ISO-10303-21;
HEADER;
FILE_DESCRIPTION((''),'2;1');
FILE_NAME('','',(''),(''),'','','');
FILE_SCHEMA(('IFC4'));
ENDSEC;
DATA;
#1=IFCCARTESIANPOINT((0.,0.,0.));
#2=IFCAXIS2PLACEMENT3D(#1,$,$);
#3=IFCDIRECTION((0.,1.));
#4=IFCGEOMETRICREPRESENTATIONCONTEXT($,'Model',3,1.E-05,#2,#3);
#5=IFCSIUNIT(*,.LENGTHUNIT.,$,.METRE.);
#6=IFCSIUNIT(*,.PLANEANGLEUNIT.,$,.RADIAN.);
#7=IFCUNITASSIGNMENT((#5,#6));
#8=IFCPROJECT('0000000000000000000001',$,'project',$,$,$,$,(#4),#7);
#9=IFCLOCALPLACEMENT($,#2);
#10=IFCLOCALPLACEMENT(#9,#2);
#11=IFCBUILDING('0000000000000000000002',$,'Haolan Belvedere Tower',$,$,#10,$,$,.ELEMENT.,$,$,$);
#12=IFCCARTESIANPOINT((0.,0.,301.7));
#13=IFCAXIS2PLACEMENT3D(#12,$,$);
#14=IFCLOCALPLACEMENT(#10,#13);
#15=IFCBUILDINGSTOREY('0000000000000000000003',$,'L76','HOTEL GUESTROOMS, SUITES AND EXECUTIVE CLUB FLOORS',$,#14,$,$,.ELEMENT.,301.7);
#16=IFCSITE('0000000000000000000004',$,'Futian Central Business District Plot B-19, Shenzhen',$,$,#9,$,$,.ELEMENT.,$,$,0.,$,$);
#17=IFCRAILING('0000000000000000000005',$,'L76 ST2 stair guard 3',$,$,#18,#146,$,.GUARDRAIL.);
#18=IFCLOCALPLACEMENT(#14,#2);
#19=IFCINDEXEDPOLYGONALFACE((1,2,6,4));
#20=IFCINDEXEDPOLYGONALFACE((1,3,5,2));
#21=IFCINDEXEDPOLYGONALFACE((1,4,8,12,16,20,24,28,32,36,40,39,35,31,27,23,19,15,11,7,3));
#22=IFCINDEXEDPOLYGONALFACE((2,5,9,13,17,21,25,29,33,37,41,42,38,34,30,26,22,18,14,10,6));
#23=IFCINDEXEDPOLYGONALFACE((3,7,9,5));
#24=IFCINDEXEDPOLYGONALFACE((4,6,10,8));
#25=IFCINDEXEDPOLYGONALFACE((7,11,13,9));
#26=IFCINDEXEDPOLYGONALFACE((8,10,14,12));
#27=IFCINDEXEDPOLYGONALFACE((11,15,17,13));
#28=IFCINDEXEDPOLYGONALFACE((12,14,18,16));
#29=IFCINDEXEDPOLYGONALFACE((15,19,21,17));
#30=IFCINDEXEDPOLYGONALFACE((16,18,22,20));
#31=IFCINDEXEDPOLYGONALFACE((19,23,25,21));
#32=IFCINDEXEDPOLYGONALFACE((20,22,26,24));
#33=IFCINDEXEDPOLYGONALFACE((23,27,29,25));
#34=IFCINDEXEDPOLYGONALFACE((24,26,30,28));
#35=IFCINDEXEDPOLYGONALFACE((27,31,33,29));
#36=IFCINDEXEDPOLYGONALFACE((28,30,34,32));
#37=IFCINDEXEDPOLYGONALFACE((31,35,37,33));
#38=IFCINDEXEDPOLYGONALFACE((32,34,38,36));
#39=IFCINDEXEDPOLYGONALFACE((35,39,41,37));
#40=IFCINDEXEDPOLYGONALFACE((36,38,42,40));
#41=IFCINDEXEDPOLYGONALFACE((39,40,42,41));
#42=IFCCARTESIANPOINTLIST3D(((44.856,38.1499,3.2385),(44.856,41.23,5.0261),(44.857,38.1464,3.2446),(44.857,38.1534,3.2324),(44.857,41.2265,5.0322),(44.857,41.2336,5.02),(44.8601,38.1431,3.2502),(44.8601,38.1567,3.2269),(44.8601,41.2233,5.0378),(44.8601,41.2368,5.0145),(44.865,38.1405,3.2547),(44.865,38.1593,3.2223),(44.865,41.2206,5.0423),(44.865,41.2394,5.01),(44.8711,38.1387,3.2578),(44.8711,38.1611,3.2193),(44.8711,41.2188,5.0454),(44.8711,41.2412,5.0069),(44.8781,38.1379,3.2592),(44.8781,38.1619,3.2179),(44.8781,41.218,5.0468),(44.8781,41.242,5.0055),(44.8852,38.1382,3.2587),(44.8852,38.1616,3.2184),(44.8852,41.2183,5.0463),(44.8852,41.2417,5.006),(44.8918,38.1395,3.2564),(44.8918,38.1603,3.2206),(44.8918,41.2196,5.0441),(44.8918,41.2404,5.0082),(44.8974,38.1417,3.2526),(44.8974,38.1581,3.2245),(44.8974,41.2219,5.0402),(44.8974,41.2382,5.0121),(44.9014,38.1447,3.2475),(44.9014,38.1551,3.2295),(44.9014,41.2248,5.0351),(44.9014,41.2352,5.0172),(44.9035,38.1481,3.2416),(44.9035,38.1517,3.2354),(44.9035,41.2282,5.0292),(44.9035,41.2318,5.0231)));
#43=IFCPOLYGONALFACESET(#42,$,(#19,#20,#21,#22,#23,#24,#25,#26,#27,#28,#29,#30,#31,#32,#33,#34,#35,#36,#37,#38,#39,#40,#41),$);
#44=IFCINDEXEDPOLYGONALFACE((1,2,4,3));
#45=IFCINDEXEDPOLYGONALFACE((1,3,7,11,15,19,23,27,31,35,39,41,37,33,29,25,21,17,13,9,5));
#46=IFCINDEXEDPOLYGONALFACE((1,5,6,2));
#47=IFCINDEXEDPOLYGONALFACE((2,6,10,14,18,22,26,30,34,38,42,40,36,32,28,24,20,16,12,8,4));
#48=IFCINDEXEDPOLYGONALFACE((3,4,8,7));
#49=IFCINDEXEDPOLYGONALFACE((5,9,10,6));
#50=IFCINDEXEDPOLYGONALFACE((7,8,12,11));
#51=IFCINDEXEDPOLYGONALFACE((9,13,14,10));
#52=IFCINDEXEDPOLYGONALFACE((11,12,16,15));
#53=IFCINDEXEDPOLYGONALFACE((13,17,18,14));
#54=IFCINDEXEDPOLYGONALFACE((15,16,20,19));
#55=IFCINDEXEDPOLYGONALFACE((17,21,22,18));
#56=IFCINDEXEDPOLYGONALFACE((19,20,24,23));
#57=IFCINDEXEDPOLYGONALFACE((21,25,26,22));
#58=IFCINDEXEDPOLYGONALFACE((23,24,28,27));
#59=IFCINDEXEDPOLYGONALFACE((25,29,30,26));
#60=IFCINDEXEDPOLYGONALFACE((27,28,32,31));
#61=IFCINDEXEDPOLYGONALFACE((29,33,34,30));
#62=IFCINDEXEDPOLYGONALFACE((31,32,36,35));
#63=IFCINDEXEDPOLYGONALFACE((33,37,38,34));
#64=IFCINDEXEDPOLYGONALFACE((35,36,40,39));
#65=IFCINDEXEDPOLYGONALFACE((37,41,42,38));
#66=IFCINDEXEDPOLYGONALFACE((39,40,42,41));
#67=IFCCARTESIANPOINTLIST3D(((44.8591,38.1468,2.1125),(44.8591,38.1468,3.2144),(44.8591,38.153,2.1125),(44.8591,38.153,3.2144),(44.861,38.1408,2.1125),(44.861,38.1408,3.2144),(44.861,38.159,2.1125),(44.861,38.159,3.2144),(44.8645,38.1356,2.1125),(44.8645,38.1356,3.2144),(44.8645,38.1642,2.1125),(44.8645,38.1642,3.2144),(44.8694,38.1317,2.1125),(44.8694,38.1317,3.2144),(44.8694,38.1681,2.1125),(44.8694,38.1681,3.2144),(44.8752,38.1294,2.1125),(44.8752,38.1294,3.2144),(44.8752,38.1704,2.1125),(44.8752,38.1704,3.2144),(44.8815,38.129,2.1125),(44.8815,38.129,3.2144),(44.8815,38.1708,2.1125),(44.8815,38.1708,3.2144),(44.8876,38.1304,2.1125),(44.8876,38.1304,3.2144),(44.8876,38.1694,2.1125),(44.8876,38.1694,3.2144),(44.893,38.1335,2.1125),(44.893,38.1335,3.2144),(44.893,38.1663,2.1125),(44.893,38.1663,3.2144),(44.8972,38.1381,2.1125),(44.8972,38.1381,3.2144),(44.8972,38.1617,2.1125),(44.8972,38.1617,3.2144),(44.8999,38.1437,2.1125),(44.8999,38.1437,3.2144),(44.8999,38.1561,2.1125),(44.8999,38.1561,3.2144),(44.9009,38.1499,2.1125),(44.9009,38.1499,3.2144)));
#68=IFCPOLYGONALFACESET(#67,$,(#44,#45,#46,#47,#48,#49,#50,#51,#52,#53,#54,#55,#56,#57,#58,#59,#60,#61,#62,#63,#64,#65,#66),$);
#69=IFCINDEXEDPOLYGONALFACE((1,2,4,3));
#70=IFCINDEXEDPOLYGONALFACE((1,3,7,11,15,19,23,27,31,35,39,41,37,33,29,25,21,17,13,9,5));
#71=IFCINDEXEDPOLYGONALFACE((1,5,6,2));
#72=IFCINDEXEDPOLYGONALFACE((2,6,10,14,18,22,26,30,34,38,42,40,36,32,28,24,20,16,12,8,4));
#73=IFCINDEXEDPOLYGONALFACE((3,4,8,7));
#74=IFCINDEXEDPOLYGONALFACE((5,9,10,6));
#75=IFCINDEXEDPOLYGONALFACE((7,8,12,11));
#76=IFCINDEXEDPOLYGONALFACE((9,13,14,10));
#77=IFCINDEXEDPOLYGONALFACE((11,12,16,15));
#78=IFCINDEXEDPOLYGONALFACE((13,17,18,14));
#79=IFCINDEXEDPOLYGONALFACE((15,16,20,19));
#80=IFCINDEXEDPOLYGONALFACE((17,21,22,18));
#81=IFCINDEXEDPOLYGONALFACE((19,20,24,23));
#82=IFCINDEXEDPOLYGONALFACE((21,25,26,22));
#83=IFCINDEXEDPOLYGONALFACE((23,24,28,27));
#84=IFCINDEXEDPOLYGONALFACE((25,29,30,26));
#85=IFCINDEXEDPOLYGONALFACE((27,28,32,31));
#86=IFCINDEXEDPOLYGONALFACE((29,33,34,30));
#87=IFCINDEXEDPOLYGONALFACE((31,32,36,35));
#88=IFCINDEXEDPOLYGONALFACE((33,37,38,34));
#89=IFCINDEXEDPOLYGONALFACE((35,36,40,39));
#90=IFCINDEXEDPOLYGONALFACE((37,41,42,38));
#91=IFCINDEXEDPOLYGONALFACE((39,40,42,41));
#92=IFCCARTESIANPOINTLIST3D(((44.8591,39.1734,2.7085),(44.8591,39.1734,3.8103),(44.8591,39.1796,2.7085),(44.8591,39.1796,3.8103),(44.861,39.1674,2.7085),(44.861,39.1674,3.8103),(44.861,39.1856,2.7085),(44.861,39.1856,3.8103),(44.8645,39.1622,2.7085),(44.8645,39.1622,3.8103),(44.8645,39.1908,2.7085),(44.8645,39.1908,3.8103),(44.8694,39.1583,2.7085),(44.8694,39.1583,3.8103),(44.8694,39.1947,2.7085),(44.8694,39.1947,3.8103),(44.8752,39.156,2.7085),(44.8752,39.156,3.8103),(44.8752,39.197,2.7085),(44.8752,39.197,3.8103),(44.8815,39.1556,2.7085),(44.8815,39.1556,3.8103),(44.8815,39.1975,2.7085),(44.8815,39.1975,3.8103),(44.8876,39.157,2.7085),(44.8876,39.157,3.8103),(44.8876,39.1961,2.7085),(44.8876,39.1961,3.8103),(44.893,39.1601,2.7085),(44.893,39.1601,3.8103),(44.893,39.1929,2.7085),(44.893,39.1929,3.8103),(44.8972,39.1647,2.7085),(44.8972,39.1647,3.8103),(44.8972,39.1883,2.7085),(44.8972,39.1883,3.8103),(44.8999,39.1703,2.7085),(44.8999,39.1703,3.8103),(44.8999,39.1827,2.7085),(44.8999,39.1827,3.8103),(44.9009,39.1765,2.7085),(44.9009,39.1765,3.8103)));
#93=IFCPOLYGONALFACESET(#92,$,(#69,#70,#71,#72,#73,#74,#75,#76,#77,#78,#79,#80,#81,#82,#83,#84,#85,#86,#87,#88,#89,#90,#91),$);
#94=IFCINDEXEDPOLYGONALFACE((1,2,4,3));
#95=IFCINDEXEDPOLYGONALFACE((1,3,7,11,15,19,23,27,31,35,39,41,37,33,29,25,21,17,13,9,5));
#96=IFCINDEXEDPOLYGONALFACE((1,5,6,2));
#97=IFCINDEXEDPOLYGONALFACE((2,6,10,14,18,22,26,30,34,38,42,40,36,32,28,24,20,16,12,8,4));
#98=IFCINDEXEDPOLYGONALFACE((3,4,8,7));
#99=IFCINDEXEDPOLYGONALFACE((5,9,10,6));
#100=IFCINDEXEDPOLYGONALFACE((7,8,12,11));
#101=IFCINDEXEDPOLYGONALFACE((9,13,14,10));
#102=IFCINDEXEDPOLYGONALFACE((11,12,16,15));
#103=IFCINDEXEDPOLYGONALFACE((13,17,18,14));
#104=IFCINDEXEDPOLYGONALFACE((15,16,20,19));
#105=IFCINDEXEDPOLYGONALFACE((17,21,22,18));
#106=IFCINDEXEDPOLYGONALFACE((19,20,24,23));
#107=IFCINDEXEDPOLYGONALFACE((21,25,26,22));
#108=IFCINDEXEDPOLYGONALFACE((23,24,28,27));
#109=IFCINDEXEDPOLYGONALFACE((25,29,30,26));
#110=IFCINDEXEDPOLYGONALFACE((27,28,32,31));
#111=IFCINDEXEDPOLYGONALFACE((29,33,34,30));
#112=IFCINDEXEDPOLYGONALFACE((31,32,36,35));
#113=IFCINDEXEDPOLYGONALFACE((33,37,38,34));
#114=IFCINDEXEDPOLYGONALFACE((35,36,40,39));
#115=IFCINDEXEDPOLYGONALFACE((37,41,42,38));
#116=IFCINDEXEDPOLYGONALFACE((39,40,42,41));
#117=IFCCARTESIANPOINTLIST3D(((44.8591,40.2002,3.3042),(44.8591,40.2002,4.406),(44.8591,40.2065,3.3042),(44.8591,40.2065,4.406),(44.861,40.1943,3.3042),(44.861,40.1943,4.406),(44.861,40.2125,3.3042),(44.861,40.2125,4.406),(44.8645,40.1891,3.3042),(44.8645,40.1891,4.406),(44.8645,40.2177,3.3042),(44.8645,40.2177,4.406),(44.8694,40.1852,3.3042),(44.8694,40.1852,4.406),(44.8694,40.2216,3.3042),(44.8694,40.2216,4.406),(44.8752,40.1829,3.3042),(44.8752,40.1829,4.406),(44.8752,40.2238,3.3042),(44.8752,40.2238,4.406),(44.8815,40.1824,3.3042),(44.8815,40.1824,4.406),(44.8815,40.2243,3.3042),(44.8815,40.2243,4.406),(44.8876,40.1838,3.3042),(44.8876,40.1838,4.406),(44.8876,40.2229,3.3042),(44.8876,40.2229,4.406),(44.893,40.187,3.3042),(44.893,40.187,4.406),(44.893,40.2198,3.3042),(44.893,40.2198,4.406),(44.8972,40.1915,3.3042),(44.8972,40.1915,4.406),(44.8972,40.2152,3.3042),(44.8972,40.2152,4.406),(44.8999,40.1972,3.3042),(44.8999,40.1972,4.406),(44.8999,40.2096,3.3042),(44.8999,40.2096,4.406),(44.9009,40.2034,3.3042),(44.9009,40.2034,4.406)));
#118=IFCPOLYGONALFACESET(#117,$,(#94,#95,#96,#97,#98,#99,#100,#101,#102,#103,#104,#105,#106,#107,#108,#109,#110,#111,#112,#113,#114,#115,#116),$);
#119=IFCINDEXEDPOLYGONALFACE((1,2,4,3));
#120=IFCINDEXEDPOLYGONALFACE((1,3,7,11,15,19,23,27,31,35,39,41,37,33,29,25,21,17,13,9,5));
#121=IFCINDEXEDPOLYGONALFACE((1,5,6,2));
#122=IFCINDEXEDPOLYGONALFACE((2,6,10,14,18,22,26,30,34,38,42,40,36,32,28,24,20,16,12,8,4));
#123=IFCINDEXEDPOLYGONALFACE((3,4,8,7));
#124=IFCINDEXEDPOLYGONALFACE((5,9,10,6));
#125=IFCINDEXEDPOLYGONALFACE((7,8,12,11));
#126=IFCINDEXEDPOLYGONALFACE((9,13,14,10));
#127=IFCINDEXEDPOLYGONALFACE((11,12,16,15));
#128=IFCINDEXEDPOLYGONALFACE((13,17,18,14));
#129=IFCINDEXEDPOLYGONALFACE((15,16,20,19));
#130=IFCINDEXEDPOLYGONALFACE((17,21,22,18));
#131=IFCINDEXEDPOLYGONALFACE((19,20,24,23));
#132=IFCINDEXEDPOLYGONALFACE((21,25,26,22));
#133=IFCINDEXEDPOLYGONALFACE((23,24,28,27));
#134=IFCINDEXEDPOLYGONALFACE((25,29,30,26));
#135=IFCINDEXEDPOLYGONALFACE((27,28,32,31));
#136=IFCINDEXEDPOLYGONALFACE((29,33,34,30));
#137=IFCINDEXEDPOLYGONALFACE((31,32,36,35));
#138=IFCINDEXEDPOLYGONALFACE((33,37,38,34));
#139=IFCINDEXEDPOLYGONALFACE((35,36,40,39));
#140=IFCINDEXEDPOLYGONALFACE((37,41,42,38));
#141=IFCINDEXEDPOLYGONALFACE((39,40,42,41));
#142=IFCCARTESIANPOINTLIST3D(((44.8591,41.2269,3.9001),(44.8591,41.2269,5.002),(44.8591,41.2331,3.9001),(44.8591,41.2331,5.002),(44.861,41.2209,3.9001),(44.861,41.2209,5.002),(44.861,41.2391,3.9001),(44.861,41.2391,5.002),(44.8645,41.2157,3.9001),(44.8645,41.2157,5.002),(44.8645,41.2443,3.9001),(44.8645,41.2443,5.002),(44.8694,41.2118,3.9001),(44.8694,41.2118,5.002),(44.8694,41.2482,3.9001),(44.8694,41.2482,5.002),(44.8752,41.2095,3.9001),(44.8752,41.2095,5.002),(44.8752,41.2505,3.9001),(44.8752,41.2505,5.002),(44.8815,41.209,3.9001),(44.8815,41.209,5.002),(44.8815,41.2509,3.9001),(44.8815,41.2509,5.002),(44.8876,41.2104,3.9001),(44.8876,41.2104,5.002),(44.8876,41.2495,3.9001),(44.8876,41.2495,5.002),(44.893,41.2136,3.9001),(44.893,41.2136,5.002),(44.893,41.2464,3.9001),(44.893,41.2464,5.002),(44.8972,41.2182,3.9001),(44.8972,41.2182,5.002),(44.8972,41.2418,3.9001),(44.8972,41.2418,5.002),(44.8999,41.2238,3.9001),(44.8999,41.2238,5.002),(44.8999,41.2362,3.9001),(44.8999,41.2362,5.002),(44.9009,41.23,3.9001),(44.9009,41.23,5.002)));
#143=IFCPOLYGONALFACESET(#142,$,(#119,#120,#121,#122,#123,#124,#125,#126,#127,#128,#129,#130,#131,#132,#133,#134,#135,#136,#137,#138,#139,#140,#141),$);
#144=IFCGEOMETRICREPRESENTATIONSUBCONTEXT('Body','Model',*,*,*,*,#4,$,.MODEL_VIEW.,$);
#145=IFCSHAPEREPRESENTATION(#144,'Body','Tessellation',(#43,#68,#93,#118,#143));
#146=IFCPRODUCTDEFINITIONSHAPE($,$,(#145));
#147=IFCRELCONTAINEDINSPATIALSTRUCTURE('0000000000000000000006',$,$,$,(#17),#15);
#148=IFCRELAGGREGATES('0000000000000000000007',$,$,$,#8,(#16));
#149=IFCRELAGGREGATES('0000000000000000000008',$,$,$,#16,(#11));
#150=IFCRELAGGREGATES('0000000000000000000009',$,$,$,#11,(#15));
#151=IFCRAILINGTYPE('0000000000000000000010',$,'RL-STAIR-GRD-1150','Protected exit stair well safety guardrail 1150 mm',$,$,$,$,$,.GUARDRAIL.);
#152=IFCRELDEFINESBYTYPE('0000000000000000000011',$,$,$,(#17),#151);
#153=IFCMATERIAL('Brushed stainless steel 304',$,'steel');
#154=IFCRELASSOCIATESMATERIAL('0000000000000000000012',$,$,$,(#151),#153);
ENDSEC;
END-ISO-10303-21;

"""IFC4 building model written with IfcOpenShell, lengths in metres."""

from ifc_helpers import new_model, si_unit, direction, frame, origin, origin_2d, place, context, subcontext, project, spatial, circle, extrude, material, type_object, element, save


model = new_model("IFC4")

# Units and contexts
model_context = context("Model", 3, precision=1e-05, world=origin(), true_north=direction((0.0, 1.0)))
body_context = subcontext(model_context, "Body", "Model", "MODEL_VIEW")
ifc_project = project(units=[si_unit("LENGTHUNIT", "METRE"), si_unit("PLANEANGLEUNIT", "RADIAN")], contexts=[model_context])

# Site, building, storey
site_placement = place(None, origin())
site = spatial("IfcSite", under=ifc_project, at=site_placement, Name="Futian Central Business District Plot B-19, Shenzhen", CompositionType="ELEMENT", RefElevation=0.0)
building_placement = place(site_placement, origin())
building = spatial("IfcBuilding", under=site, at=building_placement, Name="Haolan Belvedere Tower", CompositionType="ELEMENT")
storey_placement = place(building_placement, frame((0.0, 0.0, 301.7)))
storey = spatial("IfcBuildingStorey", under=building, at=storey_placement, Name="L76", Description="HOTEL GUESTROOMS, SUITES AND EXECUTIVE CLUB FLOORS", CompositionType="ELEMENT", Elevation=301.7)

# Railing
ifc_material_1 = material(Name="Brushed stainless steel 304", Category="steel")
railing_type_1 = type_object("IfcRailingType", Name="RL-STAIR-GRD-1150", Description="Protected exit stair well safety guardrail 1150 mm", PredefinedType="GUARDRAIL", material=ifc_material_1)
railing_1_placement = place(storey_placement, frame((44.8799, 38.1499, 2.1125)))
element("IfcRailing", 1, at=railing_1_placement, inside=storey, type_object=railing_type_1, Name="L76 ST2 stair guard 3", PredefinedType="GUARDRAIL", context=body_context, shape_type="SweptSolid", body=[
    extrude(circle(Radius=0.0239, at=origin_2d()), frame((0.0, 0.0, 1.126), z_axis=(0.0, 0.864891, 0.50196), x_axis=(-1.0, 0.0, 0.0)), (0.0, 0.0, 1.0), 3.5613),
    extrude(circle(Radius=0.021, at=origin_2d()), origin(), (0.0, 0.0, 1.0), 1.1018),
    extrude(circle(Radius=0.021, at=origin_2d()), frame((0.0, 1.0266, 0.5959)), (0.0, 0.0, 1.0), 1.1018),
    extrude(circle(Radius=0.021, at=origin_2d()), frame((0.0, 2.0535, 1.1917)), (0.0, 0.0, 1.0), 1.1018),
    extrude(circle(Radius=0.021, at=origin_2d()), frame((0.0, 3.0801, 1.7876)), (0.0, 0.0, 1.0), 1.1018),
])

save(model, "model.ifc")
